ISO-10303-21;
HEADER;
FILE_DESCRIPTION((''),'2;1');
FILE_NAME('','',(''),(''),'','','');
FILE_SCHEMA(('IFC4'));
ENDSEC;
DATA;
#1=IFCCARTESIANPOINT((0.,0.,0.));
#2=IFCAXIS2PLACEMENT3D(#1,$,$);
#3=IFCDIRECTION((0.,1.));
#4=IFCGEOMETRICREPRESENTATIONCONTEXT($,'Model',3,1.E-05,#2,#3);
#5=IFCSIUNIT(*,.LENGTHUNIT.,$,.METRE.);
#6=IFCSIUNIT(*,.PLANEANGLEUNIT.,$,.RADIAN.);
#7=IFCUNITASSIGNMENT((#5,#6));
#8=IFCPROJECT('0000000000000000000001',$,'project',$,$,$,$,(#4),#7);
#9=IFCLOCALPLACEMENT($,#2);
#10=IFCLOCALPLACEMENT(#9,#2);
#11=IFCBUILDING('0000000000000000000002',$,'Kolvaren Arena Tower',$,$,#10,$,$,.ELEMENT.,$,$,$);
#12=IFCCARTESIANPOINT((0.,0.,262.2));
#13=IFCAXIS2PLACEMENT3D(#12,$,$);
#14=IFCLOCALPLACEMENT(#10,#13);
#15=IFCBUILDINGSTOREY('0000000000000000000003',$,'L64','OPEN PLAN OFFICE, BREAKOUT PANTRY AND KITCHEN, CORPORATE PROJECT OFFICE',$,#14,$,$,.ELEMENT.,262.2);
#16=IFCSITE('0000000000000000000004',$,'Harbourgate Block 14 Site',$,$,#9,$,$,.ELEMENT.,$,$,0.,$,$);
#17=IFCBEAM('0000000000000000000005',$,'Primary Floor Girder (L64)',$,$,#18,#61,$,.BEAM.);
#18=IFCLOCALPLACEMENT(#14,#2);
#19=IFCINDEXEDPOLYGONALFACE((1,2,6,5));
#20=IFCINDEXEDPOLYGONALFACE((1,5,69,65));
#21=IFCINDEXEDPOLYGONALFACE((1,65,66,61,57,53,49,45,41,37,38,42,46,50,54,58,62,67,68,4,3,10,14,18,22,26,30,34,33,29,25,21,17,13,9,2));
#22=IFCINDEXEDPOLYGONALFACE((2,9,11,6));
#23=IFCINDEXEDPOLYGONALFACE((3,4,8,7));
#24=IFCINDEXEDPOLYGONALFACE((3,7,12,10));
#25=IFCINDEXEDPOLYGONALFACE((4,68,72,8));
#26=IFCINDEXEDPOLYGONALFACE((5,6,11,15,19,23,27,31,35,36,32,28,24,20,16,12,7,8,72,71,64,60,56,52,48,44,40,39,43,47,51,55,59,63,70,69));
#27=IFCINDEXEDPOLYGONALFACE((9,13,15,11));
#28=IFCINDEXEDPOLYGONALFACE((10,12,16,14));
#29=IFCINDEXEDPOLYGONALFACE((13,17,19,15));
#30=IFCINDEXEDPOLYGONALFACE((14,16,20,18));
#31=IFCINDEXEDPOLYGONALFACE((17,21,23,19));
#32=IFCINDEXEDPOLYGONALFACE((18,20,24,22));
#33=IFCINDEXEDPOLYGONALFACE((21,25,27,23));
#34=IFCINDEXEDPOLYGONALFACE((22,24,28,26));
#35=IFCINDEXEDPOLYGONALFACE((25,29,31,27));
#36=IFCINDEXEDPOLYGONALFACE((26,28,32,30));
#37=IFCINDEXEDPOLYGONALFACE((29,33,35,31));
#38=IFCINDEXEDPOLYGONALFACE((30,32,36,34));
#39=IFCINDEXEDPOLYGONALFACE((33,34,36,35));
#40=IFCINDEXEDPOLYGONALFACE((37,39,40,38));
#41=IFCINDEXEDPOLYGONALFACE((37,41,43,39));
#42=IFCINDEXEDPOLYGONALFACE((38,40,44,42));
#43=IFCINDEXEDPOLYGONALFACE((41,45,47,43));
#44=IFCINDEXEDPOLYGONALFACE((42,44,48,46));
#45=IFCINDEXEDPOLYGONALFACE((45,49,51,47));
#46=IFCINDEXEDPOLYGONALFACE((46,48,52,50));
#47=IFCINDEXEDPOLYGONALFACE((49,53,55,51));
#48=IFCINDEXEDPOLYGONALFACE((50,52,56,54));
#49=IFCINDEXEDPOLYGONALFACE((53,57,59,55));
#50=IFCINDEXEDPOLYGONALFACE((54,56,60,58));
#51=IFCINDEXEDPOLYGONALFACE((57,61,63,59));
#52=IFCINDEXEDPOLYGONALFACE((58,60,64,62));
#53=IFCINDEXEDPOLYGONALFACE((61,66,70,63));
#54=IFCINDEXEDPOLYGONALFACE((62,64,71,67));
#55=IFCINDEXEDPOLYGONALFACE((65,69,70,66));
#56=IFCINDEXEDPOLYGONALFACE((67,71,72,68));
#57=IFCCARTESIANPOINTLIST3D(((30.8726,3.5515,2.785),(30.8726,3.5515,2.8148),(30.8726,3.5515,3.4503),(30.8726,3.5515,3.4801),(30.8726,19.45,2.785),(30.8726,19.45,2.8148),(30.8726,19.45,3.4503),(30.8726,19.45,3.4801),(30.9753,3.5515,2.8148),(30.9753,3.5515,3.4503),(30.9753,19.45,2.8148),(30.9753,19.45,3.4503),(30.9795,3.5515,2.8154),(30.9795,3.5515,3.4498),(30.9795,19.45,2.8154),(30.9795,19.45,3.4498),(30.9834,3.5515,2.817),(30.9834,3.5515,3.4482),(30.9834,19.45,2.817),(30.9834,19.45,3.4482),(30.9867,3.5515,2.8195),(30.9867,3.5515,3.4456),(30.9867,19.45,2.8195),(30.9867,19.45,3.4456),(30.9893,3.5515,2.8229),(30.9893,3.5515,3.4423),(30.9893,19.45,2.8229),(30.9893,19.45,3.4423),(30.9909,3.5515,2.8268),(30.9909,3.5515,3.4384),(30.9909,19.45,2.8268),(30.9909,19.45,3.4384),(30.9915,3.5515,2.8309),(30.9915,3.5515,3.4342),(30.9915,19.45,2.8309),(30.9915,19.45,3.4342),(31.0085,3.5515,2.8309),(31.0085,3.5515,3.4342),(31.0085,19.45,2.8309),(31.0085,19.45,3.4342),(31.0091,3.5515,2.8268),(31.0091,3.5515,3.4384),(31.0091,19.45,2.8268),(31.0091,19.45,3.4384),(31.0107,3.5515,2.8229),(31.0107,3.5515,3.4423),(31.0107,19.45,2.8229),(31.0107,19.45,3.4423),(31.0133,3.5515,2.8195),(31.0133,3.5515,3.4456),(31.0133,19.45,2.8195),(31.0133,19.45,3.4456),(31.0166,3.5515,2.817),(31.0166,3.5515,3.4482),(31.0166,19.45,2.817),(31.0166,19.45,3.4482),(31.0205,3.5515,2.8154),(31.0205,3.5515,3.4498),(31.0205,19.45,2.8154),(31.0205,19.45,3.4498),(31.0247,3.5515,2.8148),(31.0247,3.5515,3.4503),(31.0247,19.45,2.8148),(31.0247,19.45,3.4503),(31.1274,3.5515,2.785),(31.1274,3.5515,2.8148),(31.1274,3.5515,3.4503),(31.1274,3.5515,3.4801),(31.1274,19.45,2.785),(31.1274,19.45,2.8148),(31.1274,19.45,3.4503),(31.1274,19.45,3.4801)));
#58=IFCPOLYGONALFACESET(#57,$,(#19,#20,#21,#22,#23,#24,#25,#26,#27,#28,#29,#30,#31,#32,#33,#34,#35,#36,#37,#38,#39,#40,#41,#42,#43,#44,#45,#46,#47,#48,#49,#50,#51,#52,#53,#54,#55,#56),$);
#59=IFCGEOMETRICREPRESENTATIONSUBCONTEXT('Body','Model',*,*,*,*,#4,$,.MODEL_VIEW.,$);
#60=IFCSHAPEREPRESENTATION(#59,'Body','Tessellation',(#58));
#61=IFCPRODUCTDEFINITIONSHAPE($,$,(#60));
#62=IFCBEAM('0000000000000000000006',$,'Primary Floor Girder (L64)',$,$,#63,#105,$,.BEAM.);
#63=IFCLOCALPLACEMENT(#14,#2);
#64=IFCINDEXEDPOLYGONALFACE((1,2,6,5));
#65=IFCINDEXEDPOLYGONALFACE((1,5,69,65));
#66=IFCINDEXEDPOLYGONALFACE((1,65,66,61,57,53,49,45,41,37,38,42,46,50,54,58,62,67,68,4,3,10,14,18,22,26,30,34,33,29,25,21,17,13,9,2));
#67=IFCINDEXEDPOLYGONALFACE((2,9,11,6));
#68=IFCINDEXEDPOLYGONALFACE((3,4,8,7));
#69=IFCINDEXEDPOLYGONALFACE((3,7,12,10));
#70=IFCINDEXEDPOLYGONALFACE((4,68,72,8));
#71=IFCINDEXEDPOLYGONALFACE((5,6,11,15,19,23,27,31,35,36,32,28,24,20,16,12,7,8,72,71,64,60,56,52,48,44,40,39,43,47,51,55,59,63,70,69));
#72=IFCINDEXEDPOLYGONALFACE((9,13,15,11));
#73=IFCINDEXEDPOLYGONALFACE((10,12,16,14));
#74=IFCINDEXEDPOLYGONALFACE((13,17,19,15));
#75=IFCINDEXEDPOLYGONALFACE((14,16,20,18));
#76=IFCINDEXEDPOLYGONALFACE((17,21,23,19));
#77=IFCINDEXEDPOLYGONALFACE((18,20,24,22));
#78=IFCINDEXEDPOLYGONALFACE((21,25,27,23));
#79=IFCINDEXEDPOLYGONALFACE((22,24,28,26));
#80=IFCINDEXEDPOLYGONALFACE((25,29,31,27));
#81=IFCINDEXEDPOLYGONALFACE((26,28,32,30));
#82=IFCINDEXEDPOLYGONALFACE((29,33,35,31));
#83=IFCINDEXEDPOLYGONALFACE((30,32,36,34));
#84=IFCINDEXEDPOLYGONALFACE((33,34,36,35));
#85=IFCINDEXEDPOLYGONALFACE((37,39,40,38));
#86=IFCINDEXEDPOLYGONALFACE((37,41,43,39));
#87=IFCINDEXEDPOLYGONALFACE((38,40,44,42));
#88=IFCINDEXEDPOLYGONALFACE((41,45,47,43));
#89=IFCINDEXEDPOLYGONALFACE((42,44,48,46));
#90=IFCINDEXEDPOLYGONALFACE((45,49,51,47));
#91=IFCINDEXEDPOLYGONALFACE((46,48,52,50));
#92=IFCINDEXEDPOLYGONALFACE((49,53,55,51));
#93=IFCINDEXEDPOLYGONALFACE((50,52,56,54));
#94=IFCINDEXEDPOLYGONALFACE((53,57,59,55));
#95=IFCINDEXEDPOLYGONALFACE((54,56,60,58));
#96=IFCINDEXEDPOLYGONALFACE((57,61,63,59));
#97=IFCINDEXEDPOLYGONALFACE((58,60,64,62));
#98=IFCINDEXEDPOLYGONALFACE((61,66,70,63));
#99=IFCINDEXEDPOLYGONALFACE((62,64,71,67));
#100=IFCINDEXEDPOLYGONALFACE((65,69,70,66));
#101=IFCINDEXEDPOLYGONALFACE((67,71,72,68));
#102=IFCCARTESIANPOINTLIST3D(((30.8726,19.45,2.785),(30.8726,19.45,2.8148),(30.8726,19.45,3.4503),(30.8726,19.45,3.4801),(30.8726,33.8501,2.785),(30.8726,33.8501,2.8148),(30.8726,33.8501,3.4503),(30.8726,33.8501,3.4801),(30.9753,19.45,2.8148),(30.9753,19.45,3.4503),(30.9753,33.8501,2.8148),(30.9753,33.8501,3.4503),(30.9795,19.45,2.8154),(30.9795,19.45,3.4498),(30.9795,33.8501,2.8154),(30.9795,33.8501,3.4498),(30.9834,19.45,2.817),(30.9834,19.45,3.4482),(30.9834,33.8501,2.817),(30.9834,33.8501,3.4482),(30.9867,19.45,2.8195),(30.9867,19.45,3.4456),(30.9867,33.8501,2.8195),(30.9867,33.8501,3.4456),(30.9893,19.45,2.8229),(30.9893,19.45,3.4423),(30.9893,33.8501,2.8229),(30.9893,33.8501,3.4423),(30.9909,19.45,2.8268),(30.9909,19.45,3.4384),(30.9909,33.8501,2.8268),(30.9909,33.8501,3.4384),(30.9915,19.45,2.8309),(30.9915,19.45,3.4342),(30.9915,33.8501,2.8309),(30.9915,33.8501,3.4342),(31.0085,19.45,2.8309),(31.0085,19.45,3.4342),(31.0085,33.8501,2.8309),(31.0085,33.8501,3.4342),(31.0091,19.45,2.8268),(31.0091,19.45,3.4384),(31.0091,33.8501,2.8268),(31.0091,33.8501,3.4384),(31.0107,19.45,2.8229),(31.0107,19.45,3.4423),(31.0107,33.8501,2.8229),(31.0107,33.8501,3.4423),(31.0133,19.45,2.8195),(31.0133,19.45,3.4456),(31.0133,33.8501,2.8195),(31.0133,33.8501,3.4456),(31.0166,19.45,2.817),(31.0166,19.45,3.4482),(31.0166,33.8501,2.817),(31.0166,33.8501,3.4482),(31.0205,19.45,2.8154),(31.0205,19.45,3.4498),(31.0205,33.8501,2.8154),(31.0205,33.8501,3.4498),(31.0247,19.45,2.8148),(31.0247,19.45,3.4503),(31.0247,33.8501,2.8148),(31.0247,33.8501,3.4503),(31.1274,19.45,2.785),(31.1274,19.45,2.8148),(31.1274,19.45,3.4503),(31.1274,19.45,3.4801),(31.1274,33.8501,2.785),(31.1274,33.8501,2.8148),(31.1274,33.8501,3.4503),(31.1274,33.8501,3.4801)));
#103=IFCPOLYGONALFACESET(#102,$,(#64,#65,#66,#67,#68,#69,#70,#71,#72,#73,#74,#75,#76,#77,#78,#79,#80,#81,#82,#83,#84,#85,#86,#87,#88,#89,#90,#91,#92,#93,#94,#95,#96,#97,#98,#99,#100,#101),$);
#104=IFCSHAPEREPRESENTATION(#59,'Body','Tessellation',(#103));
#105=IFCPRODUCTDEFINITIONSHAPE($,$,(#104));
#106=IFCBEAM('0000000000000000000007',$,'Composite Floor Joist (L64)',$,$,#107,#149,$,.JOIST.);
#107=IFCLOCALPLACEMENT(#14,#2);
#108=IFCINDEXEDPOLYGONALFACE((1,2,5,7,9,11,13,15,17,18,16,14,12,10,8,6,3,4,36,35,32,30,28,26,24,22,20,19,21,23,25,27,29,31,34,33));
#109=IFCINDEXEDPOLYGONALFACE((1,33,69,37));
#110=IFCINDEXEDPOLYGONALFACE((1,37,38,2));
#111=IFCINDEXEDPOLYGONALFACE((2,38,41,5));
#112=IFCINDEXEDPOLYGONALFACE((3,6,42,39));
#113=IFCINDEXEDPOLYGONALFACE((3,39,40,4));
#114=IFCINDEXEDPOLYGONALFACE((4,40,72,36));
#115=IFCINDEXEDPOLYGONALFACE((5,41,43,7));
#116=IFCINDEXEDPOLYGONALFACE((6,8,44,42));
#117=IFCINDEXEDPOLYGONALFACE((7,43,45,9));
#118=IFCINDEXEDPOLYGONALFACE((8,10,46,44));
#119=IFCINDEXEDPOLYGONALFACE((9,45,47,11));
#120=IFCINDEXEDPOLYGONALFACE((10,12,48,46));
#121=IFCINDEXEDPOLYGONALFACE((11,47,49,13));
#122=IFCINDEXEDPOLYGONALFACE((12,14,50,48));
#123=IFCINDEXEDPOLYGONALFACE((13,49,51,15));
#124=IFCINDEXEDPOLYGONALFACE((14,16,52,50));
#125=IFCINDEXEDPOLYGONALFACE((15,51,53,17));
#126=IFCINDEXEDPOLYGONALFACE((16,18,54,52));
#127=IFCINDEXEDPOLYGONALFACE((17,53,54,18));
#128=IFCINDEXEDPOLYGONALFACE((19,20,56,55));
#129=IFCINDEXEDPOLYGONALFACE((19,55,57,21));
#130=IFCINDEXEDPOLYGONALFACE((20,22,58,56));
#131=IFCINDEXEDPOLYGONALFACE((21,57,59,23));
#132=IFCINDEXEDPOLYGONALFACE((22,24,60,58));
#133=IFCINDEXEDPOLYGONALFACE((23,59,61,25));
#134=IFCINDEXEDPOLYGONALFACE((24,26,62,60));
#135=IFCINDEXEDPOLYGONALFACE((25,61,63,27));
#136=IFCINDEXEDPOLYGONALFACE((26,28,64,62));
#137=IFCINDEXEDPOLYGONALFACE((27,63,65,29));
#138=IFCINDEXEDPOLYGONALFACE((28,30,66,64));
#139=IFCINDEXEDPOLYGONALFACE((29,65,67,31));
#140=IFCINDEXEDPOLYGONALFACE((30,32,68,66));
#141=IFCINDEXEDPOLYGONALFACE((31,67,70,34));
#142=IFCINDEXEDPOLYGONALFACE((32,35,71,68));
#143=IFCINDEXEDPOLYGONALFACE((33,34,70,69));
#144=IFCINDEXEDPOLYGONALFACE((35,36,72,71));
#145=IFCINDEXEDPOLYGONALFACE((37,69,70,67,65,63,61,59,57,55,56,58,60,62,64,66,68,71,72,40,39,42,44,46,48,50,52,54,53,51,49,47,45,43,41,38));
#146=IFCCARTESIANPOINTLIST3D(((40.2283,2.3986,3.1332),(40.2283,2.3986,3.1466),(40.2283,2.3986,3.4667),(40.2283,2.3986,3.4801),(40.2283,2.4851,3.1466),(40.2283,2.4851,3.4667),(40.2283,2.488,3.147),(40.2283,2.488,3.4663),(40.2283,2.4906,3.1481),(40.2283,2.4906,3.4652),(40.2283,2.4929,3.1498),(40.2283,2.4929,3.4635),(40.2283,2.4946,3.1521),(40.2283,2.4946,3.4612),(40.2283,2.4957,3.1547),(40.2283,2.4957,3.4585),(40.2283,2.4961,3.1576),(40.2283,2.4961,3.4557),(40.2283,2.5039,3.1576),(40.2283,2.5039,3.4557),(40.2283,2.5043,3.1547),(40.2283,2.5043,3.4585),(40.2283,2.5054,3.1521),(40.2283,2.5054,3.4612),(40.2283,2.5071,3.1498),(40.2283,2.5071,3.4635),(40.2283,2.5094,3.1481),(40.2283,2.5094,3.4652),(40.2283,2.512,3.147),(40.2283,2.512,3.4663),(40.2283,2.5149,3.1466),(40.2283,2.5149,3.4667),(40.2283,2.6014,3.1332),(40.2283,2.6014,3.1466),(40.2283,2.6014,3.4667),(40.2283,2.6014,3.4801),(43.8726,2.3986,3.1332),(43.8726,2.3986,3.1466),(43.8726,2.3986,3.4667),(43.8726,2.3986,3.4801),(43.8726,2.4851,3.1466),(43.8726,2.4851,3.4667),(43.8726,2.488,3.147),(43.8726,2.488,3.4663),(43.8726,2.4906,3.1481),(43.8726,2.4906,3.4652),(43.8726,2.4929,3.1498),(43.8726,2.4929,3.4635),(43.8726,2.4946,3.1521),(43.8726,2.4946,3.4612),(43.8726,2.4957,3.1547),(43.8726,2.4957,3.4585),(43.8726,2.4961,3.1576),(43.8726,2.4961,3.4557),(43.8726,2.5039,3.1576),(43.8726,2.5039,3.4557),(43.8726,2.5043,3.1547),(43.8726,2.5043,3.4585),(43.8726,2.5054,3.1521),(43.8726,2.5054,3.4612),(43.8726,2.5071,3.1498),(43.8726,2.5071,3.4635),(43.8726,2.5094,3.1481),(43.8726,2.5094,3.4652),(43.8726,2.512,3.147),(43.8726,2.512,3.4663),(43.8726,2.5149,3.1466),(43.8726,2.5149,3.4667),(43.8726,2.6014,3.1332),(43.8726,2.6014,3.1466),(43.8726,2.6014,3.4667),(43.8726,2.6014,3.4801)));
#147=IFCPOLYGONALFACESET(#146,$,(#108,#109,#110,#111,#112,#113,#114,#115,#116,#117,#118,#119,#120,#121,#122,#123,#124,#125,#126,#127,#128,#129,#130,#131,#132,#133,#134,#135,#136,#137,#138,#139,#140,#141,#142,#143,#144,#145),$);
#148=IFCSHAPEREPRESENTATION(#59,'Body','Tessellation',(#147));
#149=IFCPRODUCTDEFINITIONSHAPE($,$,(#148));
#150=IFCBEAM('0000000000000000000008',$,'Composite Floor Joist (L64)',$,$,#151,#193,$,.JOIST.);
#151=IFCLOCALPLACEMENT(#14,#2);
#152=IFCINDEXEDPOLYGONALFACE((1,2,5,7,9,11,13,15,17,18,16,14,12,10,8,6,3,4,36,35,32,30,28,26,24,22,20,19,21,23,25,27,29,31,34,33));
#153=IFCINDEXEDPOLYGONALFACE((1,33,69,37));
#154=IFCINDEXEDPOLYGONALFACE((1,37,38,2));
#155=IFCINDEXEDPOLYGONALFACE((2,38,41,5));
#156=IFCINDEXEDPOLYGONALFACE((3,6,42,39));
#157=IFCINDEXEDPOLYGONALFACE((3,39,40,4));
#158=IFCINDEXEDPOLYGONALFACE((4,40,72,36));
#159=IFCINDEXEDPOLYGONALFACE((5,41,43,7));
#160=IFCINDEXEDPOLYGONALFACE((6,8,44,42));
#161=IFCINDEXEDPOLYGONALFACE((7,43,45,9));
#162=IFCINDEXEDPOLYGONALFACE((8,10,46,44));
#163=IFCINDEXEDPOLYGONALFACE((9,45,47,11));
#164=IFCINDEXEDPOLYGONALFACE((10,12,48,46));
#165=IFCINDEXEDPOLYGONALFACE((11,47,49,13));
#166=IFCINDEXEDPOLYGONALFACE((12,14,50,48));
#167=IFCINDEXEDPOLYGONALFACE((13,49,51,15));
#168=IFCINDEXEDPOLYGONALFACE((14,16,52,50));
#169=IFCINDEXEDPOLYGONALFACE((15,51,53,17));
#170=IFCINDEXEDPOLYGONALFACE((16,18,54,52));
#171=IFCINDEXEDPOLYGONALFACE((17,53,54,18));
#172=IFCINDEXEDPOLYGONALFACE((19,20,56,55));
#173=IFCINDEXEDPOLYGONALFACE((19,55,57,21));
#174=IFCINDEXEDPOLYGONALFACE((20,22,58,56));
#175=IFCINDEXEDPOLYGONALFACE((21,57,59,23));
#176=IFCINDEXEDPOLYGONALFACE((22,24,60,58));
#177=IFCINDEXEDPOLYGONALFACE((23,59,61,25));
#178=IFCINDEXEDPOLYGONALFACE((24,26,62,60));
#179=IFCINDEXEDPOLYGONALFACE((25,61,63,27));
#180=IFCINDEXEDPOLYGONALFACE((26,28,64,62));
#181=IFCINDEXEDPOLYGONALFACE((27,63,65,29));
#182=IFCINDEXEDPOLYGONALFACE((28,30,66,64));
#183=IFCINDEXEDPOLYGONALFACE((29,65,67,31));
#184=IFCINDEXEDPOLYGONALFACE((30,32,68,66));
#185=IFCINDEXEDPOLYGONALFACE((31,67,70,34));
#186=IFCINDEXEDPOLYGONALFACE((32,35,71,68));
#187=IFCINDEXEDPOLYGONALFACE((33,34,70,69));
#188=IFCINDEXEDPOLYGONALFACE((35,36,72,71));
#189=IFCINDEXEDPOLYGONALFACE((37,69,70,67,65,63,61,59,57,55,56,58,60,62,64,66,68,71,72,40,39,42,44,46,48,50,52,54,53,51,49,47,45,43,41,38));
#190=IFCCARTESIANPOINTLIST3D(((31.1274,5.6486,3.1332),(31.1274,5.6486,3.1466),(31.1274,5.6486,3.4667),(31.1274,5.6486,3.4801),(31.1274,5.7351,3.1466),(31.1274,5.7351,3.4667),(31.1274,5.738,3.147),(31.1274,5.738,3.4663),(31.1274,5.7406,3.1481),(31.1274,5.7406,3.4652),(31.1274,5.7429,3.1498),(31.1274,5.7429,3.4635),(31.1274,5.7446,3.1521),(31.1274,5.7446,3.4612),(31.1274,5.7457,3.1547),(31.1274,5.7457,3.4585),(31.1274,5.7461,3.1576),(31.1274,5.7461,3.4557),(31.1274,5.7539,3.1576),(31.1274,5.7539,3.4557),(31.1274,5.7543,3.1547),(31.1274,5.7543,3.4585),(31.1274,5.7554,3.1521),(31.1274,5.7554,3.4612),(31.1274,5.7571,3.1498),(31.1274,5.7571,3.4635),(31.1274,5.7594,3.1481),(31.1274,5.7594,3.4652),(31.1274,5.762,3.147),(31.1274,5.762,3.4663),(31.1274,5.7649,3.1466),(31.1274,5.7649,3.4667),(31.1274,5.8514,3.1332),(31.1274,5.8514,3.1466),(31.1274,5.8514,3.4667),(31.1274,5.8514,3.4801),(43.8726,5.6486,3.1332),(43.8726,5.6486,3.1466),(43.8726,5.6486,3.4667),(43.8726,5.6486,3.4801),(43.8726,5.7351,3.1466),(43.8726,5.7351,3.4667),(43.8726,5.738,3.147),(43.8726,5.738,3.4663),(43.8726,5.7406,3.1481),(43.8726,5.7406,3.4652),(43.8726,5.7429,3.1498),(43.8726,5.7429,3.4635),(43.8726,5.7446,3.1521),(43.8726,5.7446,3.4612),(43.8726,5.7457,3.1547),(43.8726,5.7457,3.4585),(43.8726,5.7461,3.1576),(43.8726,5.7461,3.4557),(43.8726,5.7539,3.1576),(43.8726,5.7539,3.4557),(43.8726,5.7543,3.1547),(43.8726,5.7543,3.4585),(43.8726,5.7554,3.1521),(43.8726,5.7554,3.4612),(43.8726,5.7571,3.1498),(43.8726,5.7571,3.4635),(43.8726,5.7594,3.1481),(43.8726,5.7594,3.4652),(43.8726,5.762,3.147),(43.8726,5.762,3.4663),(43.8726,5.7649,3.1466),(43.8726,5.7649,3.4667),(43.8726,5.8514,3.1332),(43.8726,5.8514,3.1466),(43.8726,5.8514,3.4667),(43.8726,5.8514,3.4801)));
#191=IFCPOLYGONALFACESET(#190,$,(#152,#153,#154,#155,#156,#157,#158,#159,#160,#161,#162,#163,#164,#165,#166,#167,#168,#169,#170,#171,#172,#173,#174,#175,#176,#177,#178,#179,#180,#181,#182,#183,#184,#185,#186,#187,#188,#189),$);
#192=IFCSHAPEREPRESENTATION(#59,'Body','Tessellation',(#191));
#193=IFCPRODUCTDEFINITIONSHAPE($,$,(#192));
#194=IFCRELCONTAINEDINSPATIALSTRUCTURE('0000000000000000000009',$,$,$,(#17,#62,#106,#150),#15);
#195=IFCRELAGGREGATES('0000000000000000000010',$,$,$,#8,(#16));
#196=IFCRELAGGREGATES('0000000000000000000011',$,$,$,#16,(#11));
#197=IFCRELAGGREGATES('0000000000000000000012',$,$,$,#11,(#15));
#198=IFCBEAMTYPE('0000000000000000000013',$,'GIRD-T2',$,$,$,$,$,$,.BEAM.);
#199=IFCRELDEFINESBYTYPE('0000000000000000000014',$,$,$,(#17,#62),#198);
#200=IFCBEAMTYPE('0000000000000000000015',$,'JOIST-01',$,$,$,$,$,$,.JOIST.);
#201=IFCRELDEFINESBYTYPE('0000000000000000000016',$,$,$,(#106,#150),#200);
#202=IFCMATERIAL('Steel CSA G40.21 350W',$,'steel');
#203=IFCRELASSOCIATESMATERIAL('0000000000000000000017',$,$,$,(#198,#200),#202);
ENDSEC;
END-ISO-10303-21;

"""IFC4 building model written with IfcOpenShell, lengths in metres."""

from ifc_helpers import new_model, si_unit, direction, frame, origin, origin_2d, place, context, subcontext, project, spatial, i_section, extrude, material, material_profile, profile_set, type_object, element, save


model = new_model("IFC4")

# Units and contexts
model_context = context("Model", 3, precision=1e-05, world=origin(), true_north=direction((0.0, 1.0)))
body_context = subcontext(model_context, "Body", "Model", "MODEL_VIEW")
ifc_project = project(units=[si_unit("LENGTHUNIT", "METRE"), si_unit("PLANEANGLEUNIT", "RADIAN")], contexts=[model_context])

# Site, building, storey
site_placement = place(None, origin())
site = spatial("IfcSite", under=ifc_project, at=site_placement, Name="Harbourgate Block 14 Site", CompositionType="ELEMENT", RefElevation=0.0)
building_placement = place(site_placement, origin())
building = spatial("IfcBuilding", under=site, at=building_placement, Name="Kolvaren Arena Tower", CompositionType="ELEMENT")
storey_placement = place(building_placement, frame((0.0, 0.0, 262.2)))
storey = spatial("IfcBuildingStorey", under=building, at=storey_placement, Name="L64", Description="OPEN PLAN OFFICE, BREAKOUT PANTRY AND KITCHEN, CORPORATE PROJECT OFFICE", CompositionType="ELEMENT", Elevation=262.2)

# Beams
ifc_material_1 = material(Name="Steel CSA G40.21 350W", Category="steel")
ifc_material_profile_1 = material_profile(ifc_material_1, i_section(OverallWidth=0.2549, OverallDepth=0.6951, WebThickness=0.0171, FlangeThickness=0.0298, FilletRadius=0.0161, at=origin_2d()), Name="W690x217")
ifc_profile_set_1 = profile_set([ifc_material_profile_1], Name="Steel CSA G40.21 350W")
beam_type_1 = type_object("IfcBeamType", Name="GIRD-T2", PredefinedType="BEAM", material=ifc_profile_set_1)
beam_1_placement = place(storey_placement, frame((31.0, 3.5515, 3.1326), z_axis=(0.0, 1.0, 0.0), x_axis=(-1.0, 0.0, 0.0)))
element("IfcBeam", 1, at=beam_1_placement, inside=storey, type_object=beam_type_1, Name="Primary Floor Girder (L64)", PredefinedType="BEAM", context=body_context, shape_type="SweptSolid", body=[
    extrude(i_section(OverallWidth=0.2549, OverallDepth=0.6951, WebThickness=0.0171, FlangeThickness=0.0298, FilletRadius=0.0161, at=origin_2d()), origin(), (0.0, 0.0, 1.0), 15.8984),
])
beam_2_placement = place(storey_placement, frame((31.0, 19.45, 3.1326), z_axis=(0.0, 1.0, 0.0), x_axis=(-1.0, 0.0, 0.0)))
element("IfcBeam", 2, at=beam_2_placement, inside=storey, type_object=beam_type_1, Name="Primary Floor Girder (L64)", PredefinedType="BEAM", context=body_context, shape_type="SweptSolid", body=[
    extrude(i_section(OverallWidth=0.2549, OverallDepth=0.6951, WebThickness=0.0171, FlangeThickness=0.0298, FilletRadius=0.0161, at=origin_2d()), origin(), (0.0, 0.0, 1.0), 14.4001),
])
ifc_material_profile_2 = material_profile(ifc_material_1, i_section(OverallWidth=0.2029, OverallDepth=0.3469, WebThickness=0.0078, FlangeThickness=0.0134, FilletRadius=0.011, at=origin_2d()), Name="W360x64")
ifc_profile_set_2 = profile_set([ifc_material_profile_2], Name="Steel CSA G40.21 350W")
beam_type_2 = type_object("IfcBeamType", Name="JOIST-01", PredefinedType="JOIST", material=ifc_profile_set_2)
beam_3_placement = place(storey_placement, frame((40.2283, 2.5, 3.3066), z_axis=(1.0, 0.0, 0.0), x_axis=(0.0, 1.0, 0.0)))
element("IfcBeam", 3, at=beam_3_placement, inside=storey, type_object=beam_type_2, Name="Composite Floor Joist (L64)", PredefinedType="JOIST", context=body_context, shape_type="SweptSolid", body=[
    extrude(i_section(OverallWidth=0.2029, OverallDepth=0.3469, WebThickness=0.0078, FlangeThickness=0.0134, FilletRadius=0.011, at=origin_2d()), origin(), (0.0, 0.0, 1.0), 3.6443),
])
for number, where, z_axis, x_axis, name in (
    (4, (31.1274, 5.75, 3.3066), (1.0, 0.0, 0.0), (0.0, 1.0, 0.0), "Composite Floor Joist (L64)"),
):
    element("IfcBeam", number, at=place(storey_placement, frame(where, z_axis=z_axis, x_axis=x_axis)), inside=storey, type_object=beam_type_2, Name=name, PredefinedType="JOIST", context=body_context, shape_type="SweptSolid", body=[
        extrude(i_section(OverallWidth=0.2029, OverallDepth=0.3469, WebThickness=0.0078, FlangeThickness=0.0134, FilletRadius=0.011, at=origin_2d()), origin(), (0.0, 0.0, 1.0), 12.7451),
    ])

save(model, "model.ifc")
